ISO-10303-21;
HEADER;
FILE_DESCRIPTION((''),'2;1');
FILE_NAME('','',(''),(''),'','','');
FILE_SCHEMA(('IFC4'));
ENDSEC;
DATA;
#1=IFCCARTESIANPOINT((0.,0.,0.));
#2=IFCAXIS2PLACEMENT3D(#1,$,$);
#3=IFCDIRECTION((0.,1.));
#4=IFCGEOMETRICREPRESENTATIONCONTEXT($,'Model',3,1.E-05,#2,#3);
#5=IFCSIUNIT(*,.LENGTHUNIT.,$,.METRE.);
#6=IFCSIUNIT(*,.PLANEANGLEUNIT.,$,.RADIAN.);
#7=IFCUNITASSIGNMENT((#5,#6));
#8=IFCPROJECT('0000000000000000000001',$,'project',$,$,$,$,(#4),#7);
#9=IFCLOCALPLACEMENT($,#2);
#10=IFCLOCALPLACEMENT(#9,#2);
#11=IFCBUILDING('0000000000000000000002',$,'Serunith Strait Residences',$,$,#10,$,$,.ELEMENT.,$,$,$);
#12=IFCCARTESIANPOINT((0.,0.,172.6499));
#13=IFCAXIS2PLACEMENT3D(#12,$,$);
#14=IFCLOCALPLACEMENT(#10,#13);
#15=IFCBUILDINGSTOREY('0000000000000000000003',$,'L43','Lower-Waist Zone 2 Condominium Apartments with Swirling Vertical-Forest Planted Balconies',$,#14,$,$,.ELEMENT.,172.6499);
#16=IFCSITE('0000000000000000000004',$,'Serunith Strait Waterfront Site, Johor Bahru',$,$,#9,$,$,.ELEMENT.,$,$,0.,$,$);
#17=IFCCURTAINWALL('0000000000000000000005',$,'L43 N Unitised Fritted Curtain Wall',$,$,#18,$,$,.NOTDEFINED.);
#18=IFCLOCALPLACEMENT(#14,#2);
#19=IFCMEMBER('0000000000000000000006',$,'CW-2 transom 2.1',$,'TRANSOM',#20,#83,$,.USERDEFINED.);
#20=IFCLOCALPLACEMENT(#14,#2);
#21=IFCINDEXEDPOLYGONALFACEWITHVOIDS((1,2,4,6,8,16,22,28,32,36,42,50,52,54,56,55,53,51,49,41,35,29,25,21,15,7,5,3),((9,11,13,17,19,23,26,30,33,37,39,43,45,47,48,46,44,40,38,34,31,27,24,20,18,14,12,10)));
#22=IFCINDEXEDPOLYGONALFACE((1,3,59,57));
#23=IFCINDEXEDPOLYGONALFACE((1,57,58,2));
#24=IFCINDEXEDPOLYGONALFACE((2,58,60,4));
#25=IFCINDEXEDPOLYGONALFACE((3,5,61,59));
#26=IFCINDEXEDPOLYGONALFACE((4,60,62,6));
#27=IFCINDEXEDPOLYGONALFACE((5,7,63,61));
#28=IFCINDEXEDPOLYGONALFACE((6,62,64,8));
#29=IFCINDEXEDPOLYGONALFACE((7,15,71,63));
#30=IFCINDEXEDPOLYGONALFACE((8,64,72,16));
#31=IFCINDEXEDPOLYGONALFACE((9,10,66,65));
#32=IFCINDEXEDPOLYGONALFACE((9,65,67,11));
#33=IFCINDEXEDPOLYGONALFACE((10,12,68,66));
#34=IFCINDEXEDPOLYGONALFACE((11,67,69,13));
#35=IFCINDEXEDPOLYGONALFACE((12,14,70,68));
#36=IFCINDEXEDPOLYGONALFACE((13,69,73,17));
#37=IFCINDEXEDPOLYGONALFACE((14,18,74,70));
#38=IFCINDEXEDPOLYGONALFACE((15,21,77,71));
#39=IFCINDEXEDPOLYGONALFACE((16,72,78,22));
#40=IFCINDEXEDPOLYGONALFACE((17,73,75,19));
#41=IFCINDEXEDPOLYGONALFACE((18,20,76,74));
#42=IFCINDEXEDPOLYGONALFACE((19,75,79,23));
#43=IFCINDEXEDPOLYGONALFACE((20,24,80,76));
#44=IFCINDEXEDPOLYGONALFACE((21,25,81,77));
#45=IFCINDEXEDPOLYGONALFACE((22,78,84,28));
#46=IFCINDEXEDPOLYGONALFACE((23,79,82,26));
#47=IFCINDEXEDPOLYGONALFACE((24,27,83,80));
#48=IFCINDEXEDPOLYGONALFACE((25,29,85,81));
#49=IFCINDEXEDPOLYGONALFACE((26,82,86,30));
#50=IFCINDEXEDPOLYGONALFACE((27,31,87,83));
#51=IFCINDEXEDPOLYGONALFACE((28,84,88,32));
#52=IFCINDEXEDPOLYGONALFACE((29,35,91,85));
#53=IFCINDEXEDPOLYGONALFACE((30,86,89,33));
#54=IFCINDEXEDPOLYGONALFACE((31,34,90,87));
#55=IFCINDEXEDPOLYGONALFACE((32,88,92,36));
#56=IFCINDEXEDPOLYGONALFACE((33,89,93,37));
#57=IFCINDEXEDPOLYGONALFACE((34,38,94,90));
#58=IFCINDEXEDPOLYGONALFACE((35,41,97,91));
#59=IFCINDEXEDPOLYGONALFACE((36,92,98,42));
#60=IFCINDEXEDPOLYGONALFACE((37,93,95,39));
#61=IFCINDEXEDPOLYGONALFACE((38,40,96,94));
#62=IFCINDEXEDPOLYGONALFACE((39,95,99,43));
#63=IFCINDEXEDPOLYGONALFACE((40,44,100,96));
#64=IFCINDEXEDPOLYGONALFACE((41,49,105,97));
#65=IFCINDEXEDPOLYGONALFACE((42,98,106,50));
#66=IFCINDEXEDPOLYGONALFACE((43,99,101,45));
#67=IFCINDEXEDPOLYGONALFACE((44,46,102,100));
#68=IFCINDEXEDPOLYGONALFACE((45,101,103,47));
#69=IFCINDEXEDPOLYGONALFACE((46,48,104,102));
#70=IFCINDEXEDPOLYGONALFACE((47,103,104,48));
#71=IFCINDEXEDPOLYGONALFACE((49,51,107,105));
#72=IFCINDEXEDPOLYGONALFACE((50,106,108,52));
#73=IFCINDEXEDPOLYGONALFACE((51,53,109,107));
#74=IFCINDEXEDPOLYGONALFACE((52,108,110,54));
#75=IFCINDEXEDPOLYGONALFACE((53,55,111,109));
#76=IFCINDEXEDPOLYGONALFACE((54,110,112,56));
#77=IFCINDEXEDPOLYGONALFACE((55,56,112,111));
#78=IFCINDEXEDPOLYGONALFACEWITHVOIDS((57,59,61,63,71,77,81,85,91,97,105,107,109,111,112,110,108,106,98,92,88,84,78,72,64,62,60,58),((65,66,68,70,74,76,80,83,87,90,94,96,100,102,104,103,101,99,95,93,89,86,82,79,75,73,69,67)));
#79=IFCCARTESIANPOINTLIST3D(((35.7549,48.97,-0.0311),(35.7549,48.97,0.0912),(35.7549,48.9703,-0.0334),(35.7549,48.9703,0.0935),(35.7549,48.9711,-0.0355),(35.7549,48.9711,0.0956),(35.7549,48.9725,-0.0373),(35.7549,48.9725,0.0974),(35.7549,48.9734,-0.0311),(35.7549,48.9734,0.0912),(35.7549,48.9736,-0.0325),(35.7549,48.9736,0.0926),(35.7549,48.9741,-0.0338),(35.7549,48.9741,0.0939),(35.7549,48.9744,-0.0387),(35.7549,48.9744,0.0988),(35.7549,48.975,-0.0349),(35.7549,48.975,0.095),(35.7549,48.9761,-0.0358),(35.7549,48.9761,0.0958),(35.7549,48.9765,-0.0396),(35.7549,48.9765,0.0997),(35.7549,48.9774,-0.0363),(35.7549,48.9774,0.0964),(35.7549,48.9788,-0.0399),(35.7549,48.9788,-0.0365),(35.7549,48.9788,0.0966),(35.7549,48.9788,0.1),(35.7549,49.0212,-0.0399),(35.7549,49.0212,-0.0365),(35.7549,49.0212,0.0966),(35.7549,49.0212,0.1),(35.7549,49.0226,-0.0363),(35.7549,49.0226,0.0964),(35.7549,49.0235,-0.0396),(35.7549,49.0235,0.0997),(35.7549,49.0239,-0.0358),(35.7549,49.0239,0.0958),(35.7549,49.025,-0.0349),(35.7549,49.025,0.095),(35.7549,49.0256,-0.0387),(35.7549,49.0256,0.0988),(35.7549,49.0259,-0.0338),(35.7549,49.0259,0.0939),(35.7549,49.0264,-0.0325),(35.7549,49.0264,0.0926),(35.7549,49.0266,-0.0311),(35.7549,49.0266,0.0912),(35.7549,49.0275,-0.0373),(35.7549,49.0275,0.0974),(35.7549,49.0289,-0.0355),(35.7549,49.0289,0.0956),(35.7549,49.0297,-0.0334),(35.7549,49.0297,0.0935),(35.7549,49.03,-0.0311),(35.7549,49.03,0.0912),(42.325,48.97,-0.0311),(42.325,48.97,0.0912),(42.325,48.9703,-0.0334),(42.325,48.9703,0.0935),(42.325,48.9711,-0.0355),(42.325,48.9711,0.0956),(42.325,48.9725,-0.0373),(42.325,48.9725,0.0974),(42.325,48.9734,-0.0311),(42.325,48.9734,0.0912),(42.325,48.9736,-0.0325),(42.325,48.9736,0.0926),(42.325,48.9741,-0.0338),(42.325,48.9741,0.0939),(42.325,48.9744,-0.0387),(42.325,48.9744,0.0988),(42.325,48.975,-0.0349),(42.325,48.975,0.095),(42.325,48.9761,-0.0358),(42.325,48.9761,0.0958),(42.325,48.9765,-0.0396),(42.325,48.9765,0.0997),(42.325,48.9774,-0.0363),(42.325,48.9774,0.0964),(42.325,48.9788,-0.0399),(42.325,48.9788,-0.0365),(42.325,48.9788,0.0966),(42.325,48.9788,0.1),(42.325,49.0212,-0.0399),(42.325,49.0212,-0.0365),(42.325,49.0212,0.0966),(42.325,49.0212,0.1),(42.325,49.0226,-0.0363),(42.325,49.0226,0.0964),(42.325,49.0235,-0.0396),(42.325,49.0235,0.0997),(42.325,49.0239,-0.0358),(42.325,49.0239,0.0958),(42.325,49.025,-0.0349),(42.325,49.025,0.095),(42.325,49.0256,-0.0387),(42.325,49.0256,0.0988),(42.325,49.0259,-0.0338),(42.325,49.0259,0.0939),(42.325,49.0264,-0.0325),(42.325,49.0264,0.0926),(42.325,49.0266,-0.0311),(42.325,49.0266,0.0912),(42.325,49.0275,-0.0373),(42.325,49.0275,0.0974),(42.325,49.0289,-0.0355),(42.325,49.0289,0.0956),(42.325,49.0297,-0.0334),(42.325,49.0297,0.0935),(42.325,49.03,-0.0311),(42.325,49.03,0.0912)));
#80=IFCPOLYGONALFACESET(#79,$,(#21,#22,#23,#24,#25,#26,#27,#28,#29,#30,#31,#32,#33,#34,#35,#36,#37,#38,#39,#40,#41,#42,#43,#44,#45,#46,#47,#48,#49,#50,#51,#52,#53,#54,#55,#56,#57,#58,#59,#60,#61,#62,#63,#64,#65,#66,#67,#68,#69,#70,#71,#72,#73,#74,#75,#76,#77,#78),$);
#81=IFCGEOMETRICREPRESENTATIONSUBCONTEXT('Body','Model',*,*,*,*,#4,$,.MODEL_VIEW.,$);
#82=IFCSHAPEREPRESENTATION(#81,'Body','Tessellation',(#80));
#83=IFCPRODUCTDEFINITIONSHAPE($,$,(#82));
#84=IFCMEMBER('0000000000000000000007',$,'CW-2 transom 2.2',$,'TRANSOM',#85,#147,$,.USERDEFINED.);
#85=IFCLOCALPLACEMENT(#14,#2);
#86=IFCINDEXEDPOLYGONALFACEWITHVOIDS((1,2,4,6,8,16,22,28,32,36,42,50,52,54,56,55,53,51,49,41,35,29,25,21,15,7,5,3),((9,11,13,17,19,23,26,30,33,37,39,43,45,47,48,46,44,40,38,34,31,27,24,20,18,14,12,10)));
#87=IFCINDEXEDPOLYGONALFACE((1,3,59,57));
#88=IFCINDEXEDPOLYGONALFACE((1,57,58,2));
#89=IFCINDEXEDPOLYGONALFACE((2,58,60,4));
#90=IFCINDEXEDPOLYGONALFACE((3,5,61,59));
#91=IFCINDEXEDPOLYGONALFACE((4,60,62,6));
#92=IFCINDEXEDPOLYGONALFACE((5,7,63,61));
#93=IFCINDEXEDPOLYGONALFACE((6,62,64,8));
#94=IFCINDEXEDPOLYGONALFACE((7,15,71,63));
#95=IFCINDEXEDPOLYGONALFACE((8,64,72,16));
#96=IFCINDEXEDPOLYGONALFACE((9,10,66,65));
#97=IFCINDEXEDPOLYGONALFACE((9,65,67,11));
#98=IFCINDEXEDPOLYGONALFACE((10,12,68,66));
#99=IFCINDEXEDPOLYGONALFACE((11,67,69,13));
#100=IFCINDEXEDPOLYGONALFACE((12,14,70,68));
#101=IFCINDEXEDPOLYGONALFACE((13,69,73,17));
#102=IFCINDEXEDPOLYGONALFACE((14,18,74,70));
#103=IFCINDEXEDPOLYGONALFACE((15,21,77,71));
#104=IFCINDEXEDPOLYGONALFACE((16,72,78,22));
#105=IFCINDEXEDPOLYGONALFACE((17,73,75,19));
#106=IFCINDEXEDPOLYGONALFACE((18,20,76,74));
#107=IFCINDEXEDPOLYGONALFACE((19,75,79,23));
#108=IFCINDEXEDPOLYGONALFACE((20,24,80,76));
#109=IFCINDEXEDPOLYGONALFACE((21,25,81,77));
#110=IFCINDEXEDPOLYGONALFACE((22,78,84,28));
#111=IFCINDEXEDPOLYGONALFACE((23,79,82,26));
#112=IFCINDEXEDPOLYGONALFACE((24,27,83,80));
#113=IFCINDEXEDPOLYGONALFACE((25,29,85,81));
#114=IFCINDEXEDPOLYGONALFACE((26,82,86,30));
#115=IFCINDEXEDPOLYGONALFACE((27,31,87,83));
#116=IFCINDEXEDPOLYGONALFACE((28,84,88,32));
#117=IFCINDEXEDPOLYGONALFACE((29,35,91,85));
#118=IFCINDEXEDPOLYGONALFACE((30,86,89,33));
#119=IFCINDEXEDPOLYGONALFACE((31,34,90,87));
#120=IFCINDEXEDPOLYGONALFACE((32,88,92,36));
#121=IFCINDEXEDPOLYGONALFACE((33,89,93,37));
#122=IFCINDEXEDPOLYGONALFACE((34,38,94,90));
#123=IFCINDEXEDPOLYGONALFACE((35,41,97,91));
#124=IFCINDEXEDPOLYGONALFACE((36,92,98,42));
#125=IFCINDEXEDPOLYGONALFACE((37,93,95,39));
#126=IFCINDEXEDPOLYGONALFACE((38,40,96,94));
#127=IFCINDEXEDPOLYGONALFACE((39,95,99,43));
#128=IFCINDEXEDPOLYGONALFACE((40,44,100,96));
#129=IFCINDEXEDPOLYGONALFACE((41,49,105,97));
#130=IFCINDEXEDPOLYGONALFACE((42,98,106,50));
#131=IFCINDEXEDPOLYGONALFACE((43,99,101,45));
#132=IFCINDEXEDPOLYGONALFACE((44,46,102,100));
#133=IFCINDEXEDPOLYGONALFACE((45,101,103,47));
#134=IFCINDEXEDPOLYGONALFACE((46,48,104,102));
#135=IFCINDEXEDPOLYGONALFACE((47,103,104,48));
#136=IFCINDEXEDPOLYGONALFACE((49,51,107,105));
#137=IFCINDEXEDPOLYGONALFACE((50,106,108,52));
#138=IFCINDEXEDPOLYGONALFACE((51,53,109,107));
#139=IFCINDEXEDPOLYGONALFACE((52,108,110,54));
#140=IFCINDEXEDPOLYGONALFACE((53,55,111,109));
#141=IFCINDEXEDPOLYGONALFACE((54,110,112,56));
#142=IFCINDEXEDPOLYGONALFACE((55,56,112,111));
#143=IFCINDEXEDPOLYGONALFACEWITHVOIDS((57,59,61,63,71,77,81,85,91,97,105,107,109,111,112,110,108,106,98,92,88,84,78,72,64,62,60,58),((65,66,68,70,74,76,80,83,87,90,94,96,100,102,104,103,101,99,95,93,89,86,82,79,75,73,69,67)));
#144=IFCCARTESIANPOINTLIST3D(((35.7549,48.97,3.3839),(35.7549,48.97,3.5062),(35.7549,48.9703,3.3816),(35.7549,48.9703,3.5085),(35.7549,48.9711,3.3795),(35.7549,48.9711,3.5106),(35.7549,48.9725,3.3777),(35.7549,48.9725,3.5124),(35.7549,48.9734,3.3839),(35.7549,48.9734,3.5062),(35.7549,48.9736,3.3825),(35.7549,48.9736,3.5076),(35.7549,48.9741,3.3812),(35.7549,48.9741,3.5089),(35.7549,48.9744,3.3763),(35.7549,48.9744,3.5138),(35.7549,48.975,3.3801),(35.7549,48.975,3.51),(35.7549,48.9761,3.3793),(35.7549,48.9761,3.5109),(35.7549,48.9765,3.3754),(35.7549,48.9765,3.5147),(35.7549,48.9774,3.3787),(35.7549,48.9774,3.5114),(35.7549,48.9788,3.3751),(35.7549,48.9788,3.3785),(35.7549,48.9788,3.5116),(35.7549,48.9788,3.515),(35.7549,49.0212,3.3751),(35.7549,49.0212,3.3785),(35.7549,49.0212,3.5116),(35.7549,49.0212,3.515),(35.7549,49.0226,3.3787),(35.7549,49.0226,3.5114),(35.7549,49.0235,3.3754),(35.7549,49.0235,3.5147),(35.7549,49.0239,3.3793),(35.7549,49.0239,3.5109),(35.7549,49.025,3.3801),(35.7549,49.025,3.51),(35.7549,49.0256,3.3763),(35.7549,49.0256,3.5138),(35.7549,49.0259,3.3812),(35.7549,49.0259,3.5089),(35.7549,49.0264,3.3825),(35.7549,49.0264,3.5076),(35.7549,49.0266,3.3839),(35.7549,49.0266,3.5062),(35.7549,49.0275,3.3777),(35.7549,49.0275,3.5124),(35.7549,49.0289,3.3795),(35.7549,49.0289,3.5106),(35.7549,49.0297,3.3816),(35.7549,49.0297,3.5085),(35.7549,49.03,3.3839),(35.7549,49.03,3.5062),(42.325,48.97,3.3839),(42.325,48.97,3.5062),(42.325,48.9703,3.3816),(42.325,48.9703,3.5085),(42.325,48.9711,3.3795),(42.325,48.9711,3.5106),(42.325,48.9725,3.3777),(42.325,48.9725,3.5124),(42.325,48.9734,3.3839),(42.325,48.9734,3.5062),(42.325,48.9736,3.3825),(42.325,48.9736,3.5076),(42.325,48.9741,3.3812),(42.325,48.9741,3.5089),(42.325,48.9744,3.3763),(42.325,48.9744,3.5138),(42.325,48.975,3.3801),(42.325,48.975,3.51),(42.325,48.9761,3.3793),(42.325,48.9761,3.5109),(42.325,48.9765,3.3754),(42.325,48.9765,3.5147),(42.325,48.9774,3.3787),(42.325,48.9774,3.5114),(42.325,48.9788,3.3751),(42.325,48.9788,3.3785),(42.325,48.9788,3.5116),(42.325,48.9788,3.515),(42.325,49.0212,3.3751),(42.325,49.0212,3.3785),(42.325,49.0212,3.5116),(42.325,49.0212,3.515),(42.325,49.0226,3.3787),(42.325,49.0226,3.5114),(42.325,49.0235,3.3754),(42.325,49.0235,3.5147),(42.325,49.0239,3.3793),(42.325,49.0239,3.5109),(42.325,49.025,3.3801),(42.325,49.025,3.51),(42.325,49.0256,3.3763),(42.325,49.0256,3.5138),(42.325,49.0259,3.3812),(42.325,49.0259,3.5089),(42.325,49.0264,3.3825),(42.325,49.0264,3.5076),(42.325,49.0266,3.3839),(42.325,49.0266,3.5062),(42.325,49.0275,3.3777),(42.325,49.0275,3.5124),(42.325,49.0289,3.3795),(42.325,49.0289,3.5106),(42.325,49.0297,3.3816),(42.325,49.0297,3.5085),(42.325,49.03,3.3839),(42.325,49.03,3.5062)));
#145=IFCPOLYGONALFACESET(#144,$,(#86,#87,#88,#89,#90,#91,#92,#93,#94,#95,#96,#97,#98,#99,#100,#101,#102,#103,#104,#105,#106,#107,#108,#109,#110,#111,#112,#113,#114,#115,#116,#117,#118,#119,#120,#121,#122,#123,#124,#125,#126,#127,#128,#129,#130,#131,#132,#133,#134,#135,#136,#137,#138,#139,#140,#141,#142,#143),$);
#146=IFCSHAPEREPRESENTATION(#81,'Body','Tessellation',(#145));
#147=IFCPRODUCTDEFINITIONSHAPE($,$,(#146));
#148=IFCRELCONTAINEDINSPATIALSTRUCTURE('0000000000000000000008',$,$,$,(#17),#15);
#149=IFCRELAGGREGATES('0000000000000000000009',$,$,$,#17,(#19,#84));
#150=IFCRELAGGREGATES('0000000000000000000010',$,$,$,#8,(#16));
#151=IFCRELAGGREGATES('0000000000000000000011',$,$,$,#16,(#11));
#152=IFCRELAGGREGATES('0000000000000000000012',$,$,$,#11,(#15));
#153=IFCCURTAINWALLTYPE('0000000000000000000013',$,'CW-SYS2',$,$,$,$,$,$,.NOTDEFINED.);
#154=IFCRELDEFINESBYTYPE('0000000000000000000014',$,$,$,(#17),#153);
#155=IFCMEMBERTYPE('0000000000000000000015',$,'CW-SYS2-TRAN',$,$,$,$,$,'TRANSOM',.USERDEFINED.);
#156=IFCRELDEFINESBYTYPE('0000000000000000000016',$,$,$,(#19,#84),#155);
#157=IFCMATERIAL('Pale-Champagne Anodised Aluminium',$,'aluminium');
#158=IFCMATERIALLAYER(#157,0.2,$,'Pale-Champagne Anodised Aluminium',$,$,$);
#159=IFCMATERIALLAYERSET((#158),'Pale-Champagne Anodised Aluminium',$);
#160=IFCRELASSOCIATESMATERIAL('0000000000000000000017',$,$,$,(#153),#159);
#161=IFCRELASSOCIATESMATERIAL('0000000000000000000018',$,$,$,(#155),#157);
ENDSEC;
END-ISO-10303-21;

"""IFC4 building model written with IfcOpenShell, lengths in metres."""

from ifc_helpers import new_model, si_unit, direction, frame, origin, origin_2d, place, context, subcontext, project, spatial, hollow_rectangle, extrude, source, transform, mapped, material, layer, layer_set, material_profile, profile_set, type_object, element, aggregate, save


model = new_model("IFC4")

# Units and contexts
model_context = context("Model", 3, precision=1e-05, world=origin(), true_north=direction((0.0, 1.0)))
body_context = subcontext(model_context, "Body", "Model", "MODEL_VIEW")
ifc_project = project(units=[si_unit("LENGTHUNIT", "METRE"), si_unit("PLANEANGLEUNIT", "RADIAN")], contexts=[model_context])

# Site, building, storey
site_placement = place(None, origin())
site = spatial("IfcSite", under=ifc_project, at=site_placement, Name="Serunith Strait Waterfront Site, Johor Bahru", CompositionType="ELEMENT", RefElevation=0.0)
building_placement = place(site_placement, origin())
building = spatial("IfcBuilding", under=site, at=building_placement, Name="Serunith Strait Residences", CompositionType="ELEMENT")
storey_placement = place(building_placement, frame((0.0, 0.0, 172.6499)))
storey = spatial("IfcBuildingStorey", under=building, at=storey_placement, Name="L43", Description="Lower-Waist Zone 2 Condominium Apartments with Swirling Vertical-Forest Planted Balconies", CompositionType="ELEMENT", Elevation=172.6499)

# Curtain wall, members
ifc_material_1 = material(Name="Pale-Champagne Anodised Aluminium", Category="aluminium")
ifc_layer_1 = layer(ifc_material_1, 0.2, Name="Pale-Champagne Anodised Aluminium")
ifc_layer_set_1 = layer_set([ifc_layer_1], Name="Pale-Champagne Anodised Aluminium")
curtain_wall_type = type_object("IfcCurtainWallType", Name="CW-SYS2", PredefinedType="NOTDEFINED", material=ifc_layer_set_1)
curtain_wall_placement = place(storey_placement, origin())
curtain_wall = element("IfcCurtainWall", 1, at=curtain_wall_placement, inside=storey, type_object=curtain_wall_type, Name="L43 N Unitised Fritted Curtain Wall", PredefinedType="NOTDEFINED")
ifc_material_profile_1 = material_profile(ifc_material_1, hollow_rectangle(XDim=0.0601, YDim=0.1399, WallThickness=0.0034, InnerFilletRadius=0.0054, OuterFilletRadius=0.0088, at=origin_2d()), Name="ALU 140x60x3.5")
ifc_profile_set_1 = profile_set([ifc_material_profile_1], Name="Pale-Champagne Anodised Aluminium")
member_type_1 = type_object("IfcMemberType", Name="CW-SYS2-TRAN", ElementType="TRANSOM", PredefinedType="USERDEFINED", material=ifc_profile_set_1)
shared_shape_1 = source(origin(), body_context, "Body", "SweptSolid", [
    extrude(hollow_rectangle(XDim=0.0601, YDim=0.1399, WallThickness=0.0034, InnerFilletRadius=0.0054, OuterFilletRadius=0.0088, at=origin_2d()), origin(), (0.0, 0.0, 1.0), 6.5701),
])
member_1_placement = place(storey_placement, frame((42.325, 49.0, 0.03), z_axis=(-1.0, 0.0, 0.0), x_axis=(0.0, -1.0, 0.0)))
member_1 = element("IfcMember", 2, at=member_1_placement, type_object=member_type_1, Name="CW-2 transom 2.1", ObjectType="TRANSOM", PredefinedType="USERDEFINED", context=body_context, shape_type="MappedRepresentation", body=[
    mapped(shared_shape_1, transform((0.0, 0.0, 0.0), scale=1.0)),
])
member_2_placement = place(storey_placement, frame((42.325, 49.0, 3.4451), z_axis=(-1.0, 0.0, 0.0), x_axis=(0.0, -1.0, 0.0)))
member_2 = element("IfcMember", 3, at=member_2_placement, type_object=member_type_1, Name="CW-2 transom 2.2", ObjectType="TRANSOM", PredefinedType="USERDEFINED", context=body_context, shape_type="MappedRepresentation", body=[
    mapped(shared_shape_1, transform((0.0, 0.0, 0.0), scale=1.0)),
])
aggregate(curtain_wall, [member_1, member_2])

save(model, "model.ifc")
